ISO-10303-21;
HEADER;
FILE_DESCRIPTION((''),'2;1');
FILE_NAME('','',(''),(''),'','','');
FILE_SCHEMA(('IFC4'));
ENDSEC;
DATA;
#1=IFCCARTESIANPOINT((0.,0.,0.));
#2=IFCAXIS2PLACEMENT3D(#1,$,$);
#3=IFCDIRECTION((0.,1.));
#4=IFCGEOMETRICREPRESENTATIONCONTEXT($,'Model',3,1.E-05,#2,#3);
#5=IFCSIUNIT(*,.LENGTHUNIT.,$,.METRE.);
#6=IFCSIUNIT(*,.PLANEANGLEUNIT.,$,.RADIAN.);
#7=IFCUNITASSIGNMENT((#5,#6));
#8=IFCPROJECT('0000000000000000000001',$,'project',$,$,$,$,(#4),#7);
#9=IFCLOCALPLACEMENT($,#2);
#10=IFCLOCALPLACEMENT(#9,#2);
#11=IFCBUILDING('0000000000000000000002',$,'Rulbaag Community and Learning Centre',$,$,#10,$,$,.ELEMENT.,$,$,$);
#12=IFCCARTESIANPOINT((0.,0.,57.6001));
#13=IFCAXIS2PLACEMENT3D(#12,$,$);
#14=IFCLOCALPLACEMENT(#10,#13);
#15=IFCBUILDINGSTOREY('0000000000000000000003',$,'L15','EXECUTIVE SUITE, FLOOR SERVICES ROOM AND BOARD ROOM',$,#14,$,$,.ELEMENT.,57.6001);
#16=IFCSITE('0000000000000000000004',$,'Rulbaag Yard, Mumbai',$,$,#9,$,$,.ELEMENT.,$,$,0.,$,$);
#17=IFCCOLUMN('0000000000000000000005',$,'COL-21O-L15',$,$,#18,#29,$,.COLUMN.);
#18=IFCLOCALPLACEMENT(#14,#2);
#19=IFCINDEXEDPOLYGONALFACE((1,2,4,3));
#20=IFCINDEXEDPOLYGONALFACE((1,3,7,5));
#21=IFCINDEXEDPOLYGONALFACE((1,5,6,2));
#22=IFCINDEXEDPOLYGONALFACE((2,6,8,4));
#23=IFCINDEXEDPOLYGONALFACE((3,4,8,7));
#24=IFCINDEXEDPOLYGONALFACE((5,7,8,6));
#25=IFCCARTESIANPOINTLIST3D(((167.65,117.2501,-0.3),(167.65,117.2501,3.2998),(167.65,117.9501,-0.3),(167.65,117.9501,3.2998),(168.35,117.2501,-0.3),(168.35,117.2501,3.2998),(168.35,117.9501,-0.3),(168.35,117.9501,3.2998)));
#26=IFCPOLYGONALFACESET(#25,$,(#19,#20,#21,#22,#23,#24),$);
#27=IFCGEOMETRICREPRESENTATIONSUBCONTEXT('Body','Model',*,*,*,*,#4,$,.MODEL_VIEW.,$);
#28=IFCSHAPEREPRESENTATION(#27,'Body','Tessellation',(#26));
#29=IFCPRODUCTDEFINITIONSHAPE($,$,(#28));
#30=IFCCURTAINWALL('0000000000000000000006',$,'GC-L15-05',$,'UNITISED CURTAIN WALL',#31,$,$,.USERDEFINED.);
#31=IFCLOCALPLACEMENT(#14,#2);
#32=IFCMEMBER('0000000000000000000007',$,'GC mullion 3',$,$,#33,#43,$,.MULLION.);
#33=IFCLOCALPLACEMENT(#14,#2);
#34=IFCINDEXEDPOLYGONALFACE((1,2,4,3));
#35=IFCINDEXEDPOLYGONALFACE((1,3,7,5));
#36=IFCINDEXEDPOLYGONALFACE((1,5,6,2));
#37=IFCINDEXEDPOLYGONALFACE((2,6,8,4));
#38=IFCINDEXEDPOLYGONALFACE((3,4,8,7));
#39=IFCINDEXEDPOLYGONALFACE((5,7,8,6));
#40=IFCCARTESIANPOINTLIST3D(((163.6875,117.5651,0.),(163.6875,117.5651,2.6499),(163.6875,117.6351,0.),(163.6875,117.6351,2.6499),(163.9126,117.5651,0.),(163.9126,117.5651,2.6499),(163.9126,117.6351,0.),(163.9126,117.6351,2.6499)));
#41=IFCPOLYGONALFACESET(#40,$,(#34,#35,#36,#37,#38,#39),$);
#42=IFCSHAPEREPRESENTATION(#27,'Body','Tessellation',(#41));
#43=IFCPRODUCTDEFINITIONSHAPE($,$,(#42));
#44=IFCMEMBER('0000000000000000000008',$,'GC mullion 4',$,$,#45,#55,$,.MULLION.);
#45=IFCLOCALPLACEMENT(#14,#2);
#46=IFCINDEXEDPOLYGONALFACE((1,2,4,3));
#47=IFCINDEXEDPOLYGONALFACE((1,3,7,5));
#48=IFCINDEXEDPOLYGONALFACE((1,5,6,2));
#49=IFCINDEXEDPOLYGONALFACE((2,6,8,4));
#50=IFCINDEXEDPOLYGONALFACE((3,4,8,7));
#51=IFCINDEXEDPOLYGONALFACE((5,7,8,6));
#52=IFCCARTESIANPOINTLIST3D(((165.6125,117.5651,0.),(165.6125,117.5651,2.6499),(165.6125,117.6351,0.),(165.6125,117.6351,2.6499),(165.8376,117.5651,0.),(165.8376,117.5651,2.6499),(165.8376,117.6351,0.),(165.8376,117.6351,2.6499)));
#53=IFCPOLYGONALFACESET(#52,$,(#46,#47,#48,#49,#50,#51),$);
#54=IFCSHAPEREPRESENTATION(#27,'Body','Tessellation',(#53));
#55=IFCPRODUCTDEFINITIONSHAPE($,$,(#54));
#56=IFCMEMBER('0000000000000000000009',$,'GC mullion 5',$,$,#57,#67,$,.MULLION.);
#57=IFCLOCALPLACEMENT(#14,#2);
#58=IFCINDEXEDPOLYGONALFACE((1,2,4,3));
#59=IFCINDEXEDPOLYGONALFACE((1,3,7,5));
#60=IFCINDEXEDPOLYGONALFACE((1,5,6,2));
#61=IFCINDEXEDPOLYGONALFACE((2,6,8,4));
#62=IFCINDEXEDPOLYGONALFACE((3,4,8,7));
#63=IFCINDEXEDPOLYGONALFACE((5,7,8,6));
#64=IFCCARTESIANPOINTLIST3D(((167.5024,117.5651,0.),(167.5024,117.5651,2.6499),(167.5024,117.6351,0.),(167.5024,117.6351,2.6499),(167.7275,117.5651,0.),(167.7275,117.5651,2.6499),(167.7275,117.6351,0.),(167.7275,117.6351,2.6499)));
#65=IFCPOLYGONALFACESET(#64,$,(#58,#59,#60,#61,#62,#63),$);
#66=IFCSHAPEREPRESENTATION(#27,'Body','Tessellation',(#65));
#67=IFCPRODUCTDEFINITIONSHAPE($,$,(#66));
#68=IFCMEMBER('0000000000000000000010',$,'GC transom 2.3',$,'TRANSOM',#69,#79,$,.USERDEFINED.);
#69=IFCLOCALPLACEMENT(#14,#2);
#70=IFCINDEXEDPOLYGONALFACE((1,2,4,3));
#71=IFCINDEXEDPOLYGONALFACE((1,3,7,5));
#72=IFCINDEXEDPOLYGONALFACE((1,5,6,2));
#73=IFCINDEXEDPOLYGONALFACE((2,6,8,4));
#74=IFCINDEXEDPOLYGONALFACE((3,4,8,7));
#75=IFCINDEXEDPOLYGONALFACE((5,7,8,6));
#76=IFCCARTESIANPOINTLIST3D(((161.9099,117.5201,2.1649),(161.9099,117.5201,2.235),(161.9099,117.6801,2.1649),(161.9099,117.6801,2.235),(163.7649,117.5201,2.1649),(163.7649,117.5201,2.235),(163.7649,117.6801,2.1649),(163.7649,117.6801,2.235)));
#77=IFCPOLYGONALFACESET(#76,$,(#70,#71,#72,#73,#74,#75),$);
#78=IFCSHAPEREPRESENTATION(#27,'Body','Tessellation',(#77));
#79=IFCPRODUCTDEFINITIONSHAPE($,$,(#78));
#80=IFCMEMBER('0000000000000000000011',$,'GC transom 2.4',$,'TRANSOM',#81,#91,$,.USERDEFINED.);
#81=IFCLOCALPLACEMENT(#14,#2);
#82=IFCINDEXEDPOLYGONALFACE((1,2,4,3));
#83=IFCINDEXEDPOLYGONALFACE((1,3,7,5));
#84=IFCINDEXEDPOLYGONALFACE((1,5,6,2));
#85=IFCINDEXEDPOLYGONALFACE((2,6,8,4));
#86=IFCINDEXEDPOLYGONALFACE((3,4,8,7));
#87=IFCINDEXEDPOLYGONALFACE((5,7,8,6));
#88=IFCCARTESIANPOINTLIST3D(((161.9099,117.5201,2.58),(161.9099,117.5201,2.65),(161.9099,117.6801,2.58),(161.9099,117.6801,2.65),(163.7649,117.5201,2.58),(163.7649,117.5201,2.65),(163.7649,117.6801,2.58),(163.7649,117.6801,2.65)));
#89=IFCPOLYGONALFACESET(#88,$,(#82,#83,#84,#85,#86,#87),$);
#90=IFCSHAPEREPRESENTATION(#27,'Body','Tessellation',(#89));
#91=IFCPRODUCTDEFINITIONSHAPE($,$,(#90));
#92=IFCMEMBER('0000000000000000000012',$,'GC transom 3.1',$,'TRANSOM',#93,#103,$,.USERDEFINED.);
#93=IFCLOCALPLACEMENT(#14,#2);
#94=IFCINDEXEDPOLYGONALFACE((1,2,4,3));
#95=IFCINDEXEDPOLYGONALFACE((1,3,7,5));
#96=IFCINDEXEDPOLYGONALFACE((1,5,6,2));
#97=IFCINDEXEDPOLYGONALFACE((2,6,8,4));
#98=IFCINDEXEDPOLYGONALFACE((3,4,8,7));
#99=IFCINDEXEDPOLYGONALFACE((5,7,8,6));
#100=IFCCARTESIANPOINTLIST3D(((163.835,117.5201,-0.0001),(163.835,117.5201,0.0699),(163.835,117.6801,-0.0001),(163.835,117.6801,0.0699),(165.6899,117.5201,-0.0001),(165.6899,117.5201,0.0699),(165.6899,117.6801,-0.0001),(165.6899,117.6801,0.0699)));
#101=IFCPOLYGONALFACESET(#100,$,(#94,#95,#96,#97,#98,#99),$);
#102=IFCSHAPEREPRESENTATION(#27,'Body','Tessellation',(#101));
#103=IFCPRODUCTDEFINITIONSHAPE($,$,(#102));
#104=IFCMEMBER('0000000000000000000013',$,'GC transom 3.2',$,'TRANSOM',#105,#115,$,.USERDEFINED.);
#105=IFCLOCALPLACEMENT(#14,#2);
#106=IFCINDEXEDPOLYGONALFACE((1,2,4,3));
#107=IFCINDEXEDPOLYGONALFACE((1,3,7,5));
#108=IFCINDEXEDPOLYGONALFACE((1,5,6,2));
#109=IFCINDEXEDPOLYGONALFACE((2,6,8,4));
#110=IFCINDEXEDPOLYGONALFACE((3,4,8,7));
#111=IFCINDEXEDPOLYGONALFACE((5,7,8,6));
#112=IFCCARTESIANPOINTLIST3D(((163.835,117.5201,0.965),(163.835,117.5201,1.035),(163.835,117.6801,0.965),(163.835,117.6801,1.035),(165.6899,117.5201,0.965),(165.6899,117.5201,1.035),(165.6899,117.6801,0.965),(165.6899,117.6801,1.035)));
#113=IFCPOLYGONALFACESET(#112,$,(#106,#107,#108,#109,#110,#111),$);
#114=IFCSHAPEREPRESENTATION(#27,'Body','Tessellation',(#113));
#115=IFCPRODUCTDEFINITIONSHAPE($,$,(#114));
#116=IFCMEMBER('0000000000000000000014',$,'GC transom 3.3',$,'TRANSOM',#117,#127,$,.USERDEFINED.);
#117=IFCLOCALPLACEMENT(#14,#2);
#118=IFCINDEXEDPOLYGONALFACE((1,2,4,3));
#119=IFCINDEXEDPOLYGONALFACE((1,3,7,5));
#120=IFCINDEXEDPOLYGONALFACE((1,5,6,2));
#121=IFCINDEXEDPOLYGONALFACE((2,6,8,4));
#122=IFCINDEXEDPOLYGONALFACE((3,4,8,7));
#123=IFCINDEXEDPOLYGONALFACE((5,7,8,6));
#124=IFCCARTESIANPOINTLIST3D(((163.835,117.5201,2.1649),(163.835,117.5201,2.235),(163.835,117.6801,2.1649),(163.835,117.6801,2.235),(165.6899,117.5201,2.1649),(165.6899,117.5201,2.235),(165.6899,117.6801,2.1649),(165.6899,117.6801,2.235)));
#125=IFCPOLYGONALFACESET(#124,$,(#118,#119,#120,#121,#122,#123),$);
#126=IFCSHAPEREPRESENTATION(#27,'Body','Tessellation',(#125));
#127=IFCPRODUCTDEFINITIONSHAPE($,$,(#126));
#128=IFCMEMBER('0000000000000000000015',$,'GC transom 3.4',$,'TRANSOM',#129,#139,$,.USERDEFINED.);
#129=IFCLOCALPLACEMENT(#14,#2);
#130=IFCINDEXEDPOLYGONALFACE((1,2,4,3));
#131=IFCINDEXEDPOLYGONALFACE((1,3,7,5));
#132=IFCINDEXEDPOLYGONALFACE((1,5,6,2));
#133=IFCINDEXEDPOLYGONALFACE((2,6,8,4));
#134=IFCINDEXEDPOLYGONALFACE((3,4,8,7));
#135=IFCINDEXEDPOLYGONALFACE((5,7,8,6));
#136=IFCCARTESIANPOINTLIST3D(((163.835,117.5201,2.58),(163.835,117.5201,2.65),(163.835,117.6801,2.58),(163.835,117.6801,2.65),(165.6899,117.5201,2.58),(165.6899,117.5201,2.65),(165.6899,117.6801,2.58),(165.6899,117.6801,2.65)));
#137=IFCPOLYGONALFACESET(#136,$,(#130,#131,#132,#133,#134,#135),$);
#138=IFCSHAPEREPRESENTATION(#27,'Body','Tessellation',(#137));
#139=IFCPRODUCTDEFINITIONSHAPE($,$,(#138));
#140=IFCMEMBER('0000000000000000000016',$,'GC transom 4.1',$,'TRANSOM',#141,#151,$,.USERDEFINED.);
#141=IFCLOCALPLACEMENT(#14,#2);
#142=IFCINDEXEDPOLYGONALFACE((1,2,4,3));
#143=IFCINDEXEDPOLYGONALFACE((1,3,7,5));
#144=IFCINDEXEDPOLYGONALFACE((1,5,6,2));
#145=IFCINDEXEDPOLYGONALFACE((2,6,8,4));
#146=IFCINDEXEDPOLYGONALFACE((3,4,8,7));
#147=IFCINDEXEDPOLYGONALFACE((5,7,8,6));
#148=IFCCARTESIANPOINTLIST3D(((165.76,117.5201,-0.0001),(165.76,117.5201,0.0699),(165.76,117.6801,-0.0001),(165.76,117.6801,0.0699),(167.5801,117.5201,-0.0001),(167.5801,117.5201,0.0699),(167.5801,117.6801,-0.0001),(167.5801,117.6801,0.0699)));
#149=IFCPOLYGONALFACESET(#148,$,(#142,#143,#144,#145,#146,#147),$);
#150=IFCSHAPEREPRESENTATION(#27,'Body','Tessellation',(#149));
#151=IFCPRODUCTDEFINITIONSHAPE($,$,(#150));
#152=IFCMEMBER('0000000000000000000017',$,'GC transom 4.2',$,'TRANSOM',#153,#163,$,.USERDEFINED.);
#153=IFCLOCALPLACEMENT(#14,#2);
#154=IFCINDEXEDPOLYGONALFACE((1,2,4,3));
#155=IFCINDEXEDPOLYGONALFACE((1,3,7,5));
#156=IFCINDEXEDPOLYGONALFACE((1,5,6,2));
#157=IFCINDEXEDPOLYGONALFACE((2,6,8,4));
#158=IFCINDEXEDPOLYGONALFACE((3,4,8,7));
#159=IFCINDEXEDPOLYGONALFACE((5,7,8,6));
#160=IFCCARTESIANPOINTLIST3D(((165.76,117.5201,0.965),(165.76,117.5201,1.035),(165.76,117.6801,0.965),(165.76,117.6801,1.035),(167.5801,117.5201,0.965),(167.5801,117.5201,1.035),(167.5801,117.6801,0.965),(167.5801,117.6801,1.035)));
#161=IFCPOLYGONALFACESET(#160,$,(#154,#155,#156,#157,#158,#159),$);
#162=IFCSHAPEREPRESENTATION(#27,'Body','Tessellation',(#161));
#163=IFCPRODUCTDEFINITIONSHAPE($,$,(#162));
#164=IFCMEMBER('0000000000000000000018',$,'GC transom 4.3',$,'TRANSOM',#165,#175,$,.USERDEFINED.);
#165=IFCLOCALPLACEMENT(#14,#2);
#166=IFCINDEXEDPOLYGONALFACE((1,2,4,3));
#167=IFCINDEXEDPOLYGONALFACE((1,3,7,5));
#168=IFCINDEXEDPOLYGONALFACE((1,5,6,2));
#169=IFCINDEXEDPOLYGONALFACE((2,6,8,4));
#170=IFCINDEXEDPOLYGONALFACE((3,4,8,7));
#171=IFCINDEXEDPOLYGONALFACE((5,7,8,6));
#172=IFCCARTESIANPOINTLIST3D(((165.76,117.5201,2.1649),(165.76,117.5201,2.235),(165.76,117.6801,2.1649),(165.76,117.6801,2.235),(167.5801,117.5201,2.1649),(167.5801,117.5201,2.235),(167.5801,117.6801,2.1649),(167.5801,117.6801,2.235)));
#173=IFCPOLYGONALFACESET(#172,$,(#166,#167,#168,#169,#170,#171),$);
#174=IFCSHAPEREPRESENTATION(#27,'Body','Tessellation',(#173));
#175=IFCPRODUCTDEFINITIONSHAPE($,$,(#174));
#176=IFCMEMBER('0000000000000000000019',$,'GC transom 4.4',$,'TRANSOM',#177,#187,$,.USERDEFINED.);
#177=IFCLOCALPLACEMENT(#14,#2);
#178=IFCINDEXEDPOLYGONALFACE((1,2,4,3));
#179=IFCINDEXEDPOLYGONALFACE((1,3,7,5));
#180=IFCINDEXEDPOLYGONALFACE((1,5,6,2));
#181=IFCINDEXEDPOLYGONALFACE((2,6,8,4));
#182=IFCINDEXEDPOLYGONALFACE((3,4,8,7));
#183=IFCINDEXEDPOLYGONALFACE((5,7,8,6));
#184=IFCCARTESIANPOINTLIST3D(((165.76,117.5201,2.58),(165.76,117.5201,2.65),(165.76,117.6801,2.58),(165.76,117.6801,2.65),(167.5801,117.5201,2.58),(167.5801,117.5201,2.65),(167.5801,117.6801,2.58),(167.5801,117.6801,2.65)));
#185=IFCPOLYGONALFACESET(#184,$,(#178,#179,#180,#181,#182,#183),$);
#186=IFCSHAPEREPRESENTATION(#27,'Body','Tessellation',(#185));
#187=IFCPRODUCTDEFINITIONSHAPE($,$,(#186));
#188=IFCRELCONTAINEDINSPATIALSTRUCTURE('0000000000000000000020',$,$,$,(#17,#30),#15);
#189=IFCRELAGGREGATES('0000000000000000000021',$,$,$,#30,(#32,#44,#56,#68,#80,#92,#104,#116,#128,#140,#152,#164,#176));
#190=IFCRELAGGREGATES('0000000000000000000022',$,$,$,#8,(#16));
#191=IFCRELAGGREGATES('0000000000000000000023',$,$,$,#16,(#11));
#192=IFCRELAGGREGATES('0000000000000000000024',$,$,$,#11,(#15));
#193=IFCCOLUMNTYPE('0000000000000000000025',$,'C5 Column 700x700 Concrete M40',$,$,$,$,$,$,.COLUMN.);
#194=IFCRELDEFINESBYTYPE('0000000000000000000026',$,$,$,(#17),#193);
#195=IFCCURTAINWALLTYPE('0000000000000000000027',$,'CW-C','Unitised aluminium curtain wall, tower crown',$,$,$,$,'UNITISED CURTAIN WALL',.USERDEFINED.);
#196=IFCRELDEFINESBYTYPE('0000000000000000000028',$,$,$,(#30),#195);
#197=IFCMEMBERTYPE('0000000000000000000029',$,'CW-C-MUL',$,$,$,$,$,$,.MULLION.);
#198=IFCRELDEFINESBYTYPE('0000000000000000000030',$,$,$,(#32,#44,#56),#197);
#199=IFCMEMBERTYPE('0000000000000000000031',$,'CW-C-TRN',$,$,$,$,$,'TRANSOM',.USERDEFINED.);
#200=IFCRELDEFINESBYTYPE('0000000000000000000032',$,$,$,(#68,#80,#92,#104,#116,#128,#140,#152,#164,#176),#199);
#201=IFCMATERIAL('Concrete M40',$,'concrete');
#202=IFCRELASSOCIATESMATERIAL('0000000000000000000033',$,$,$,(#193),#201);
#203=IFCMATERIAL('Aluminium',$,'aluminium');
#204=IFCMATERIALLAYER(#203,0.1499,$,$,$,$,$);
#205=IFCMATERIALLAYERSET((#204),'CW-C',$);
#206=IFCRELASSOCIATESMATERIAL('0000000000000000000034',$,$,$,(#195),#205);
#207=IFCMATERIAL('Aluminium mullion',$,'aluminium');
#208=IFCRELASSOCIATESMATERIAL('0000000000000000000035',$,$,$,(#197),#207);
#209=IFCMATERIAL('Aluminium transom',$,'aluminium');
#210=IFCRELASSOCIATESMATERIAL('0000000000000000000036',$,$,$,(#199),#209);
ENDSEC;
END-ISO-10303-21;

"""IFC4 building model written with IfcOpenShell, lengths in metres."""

from ifc_helpers import new_model, si_unit, direction, frame, origin, origin_2d, place, context, subcontext, project, spatial, rectangle, extrude, material, layer, layer_set, material_profile, profile_set, type_object, element, aggregate, save


model = new_model("IFC4")

# Units and contexts
model_context = context("Model", 3, precision=1e-05, world=origin(), true_north=direction((0.0, 1.0)))
body_context = subcontext(model_context, "Body", "Model", "MODEL_VIEW")
ifc_project = project(units=[si_unit("LENGTHUNIT", "METRE"), si_unit("PLANEANGLEUNIT", "RADIAN")], contexts=[model_context])

# Site, building, storey
site_placement = place(None, origin())
site = spatial("IfcSite", under=ifc_project, at=site_placement, Name="Rulbaag Yard, Mumbai", CompositionType="ELEMENT", RefElevation=0.0)
building_placement = place(site_placement, origin())
building = spatial("IfcBuilding", under=site, at=building_placement, Name="Rulbaag Community and Learning Centre", CompositionType="ELEMENT")
storey_placement = place(building_placement, frame((0.0, 0.0, 57.6001)))
storey = spatial("IfcBuildingStorey", under=building, at=storey_placement, Name="L15", Description="EXECUTIVE SUITE, FLOOR SERVICES ROOM AND BOARD ROOM", CompositionType="ELEMENT", Elevation=57.6001)

# Column
ifc_material_1 = material(Name="Concrete M40", Category="concrete")
ifc_material_profile_1 = material_profile(ifc_material_1, rectangle(XDim=0.7, YDim=0.7, at=origin_2d()), Name="RC700x700")
ifc_profile_set_1 = profile_set([ifc_material_profile_1], Name="Concrete M40")
column_type = type_object("IfcColumnType", Name="C5 Column 700x700 Concrete M40", PredefinedType="COLUMN", material=ifc_profile_set_1)
column_placement = place(storey_placement, frame((168.0, 117.6001, -0.3), z_axis=(0.0, 0.0, 1.0), x_axis=(1.0, 0.0, 0.0)))
element("IfcColumn", 1, at=column_placement, inside=storey, type_object=column_type, Name="COL-21O-L15", PredefinedType="COLUMN", context=body_context, shape_type="SweptSolid", body=[
    extrude(rectangle(XDim=0.7, YDim=0.7, at=origin_2d()), origin(), (0.0, 0.0, 1.0), 3.5999),
])

# Curtain wall, members
ifc_material_2 = material(Name="Aluminium", Category="aluminium")
ifc_layer_1 = layer(ifc_material_2, 0.1499)
ifc_layer_set_1 = layer_set([ifc_layer_1], Name="CW-C")
curtain_wall_type = type_object("IfcCurtainWallType", Name="CW-C", Description="Unitised aluminium curtain wall, tower crown", ElementType="UNITISED CURTAIN WALL", PredefinedType="USERDEFINED", material=ifc_layer_set_1)
curtain_wall_placement = place(storey_placement, origin())
curtain_wall = element("IfcCurtainWall", 2, at=curtain_wall_placement, inside=storey, type_object=curtain_wall_type, Name="GC-L15-05", ObjectType="UNITISED CURTAIN WALL", PredefinedType="USERDEFINED")
ifc_material_3 = material(Name="Aluminium mullion", Category="aluminium")
ifc_material_profile_2 = material_profile(ifc_material_3, rectangle(XDim=0.0701, YDim=0.2251, at=origin_2d()), Name="AL 70x225")
ifc_profile_set_2 = profile_set([ifc_material_profile_2], Name="Aluminium mullion")
member_type_1 = type_object("IfcMemberType", Name="CW-C-MUL", PredefinedType="MULLION", material=ifc_profile_set_2)
member_1_placement = place(storey_placement, frame((163.8, 117.6001, 0.0), z_axis=(0.0, 0.0, 1.0), x_axis=(0.0, 1.0, 0.0)))
member_1 = element("IfcMember", 3, at=member_1_placement, type_object=member_type_1, Name="GC mullion 3", PredefinedType="MULLION", context=body_context, shape_type="SweptSolid", body=[
    extrude(rectangle(XDim=0.0701, YDim=0.2251, at=origin_2d()), origin(), (0.0, 0.0, 1.0), 2.6499),
])
member_2_placement = place(storey_placement, frame((165.7251, 117.6001, 0.0), z_axis=(0.0, 0.0, 1.0), x_axis=(0.0, 1.0, 0.0)))
member_2 = element("IfcMember", 4, at=member_2_placement, type_object=member_type_1, Name="GC mullion 4", PredefinedType="MULLION", context=body_context, shape_type="SweptSolid", body=[
    extrude(rectangle(XDim=0.0701, YDim=0.2251, at=origin_2d()), origin(), (0.0, 0.0, 1.0), 2.6499),
])
member_3_placement = place(storey_placement, frame((167.615, 117.6001, 0.0), z_axis=(0.0, 0.0, 1.0), x_axis=(0.0, 1.0, 0.0)))
member_3 = element("IfcMember", 5, at=member_3_placement, type_object=member_type_1, Name="GC mullion 5", PredefinedType="MULLION", context=body_context, shape_type="SweptSolid", body=[
    extrude(rectangle(XDim=0.0701, YDim=0.2251, at=origin_2d()), origin(), (0.0, 0.0, 1.0), 2.6499),
])
ifc_material_4 = material(Name="Aluminium transom", Category="aluminium")
ifc_material_profile_3 = material_profile(ifc_material_4, rectangle(XDim=0.1599, YDim=0.0701, at=origin_2d()), Name="AL 70x160 T")
ifc_profile_set_3 = profile_set([ifc_material_profile_3], Name="Aluminium transom")
member_type_2 = type_object("IfcMemberType", Name="CW-C-TRN", ElementType="TRANSOM", PredefinedType="USERDEFINED", material=ifc_profile_set_3)
member_4_placement = place(storey_placement, frame((161.9099, 117.6001, 2.2), z_axis=(1.0, 0.0, 0.0), x_axis=(0.0, 1.0, 0.0)))
member_4 = element("IfcMember", 6, at=member_4_placement, type_object=member_type_2, Name="GC transom 2.3", ObjectType="TRANSOM", PredefinedType="USERDEFINED", context=body_context, shape_type="SweptSolid", body=[
    extrude(rectangle(XDim=0.1599, YDim=0.0701, at=origin_2d()), origin(), (0.0, 0.0, 1.0), 1.855),
])
member_5_placement = place(storey_placement, frame((161.9099, 117.6001, 2.615), z_axis=(1.0, 0.0, 0.0), x_axis=(0.0, 1.0, 0.0)))
member_5 = element("IfcMember", 7, at=member_5_placement, type_object=member_type_2, Name="GC transom 2.4", ObjectType="TRANSOM", PredefinedType="USERDEFINED", context=body_context, shape_type="SweptSolid", body=[
    extrude(rectangle(XDim=0.1599, YDim=0.0701, at=origin_2d()), origin(), (0.0, 0.0, 1.0), 1.855),
])
member_6_placement = place(storey_placement, frame((163.835, 117.6001, 0.0349), z_axis=(1.0, 0.0, 0.0), x_axis=(0.0, 1.0, 0.0)))
member_6 = element("IfcMember", 8, at=member_6_placement, type_object=member_type_2, Name="GC transom 3.1", ObjectType="TRANSOM", PredefinedType="USERDEFINED", context=body_context, shape_type="SweptSolid", body=[
    extrude(rectangle(XDim=0.1599, YDim=0.0701, at=origin_2d()), origin(), (0.0, 0.0, 1.0), 1.855),
])
member_7_placement = place(storey_placement, frame((163.835, 117.6001, 1.0), z_axis=(1.0, 0.0, 0.0), x_axis=(0.0, 1.0, 0.0)))
member_7 = element("IfcMember", 9, at=member_7_placement, type_object=member_type_2, Name="GC transom 3.2", ObjectType="TRANSOM", PredefinedType="USERDEFINED", context=body_context, shape_type="SweptSolid", body=[
    extrude(rectangle(XDim=0.1599, YDim=0.0701, at=origin_2d()), origin(), (0.0, 0.0, 1.0), 1.855),
])
member_8_placement = place(storey_placement, frame((163.835, 117.6001, 2.2), z_axis=(1.0, 0.0, 0.0), x_axis=(0.0, 1.0, 0.0)))
member_8 = element("IfcMember", 10, at=member_8_placement, type_object=member_type_2, Name="GC transom 3.3", ObjectType="TRANSOM", PredefinedType="USERDEFINED", context=body_context, shape_type="SweptSolid", body=[
    extrude(rectangle(XDim=0.1599, YDim=0.0701, at=origin_2d()), origin(), (0.0, 0.0, 1.0), 1.855),
])
member_9_placement = place(storey_placement, frame((163.835, 117.6001, 2.615), z_axis=(1.0, 0.0, 0.0), x_axis=(0.0, 1.0, 0.0)))
member_9 = element("IfcMember", 11, at=member_9_placement, type_object=member_type_2, Name="GC transom 3.4", ObjectType="TRANSOM", PredefinedType="USERDEFINED", context=body_context, shape_type="SweptSolid", body=[
    extrude(rectangle(XDim=0.1599, YDim=0.0701, at=origin_2d()), origin(), (0.0, 0.0, 1.0), 1.855),
])
member_10_placement = place(storey_placement, frame((165.76, 117.6001, 0.0349), z_axis=(1.0, 0.0, 0.0), x_axis=(0.0, 1.0, 0.0)))
member_10 = element("IfcMember", 12, at=member_10_placement, type_object=member_type_2, Name="GC transom 4.1", ObjectType="TRANSOM", PredefinedType="USERDEFINED", context=body_context, shape_type="SweptSolid", body=[
    extrude(rectangle(XDim=0.1599, YDim=0.0701, at=origin_2d()), origin(), (0.0, 0.0, 1.0), 1.8201),
])
member_11_placement = place(storey_placement, frame((165.76, 117.6001, 1.0), z_axis=(1.0, 0.0, 0.0), x_axis=(0.0, 1.0, 0.0)))
member_11 = element("IfcMember", 13, at=member_11_placement, type_object=member_type_2, Name="GC transom 4.2", ObjectType="TRANSOM", PredefinedType="USERDEFINED", context=body_context, shape_type="SweptSolid", body=[
    extrude(rectangle(XDim=0.1599, YDim=0.0701, at=origin_2d()), origin(), (0.0, 0.0, 1.0), 1.8201),
])
member_12_placement = place(storey_placement, frame((165.76, 117.6001, 2.2), z_axis=(1.0, 0.0, 0.0), x_axis=(0.0, 1.0, 0.0)))
member_12 = element("IfcMember", 14, at=member_12_placement, type_object=member_type_2, Name="GC transom 4.3", ObjectType="TRANSOM", PredefinedType="USERDEFINED", context=body_context, shape_type="SweptSolid", body=[
    extrude(rectangle(XDim=0.1599, YDim=0.0701, at=origin_2d()), origin(), (0.0, 0.0, 1.0), 1.8201),
])
member_13_placement = place(storey_placement, frame((165.76, 117.6001, 2.615), z_axis=(1.0, 0.0, 0.0), x_axis=(0.0, 1.0, 0.0)))
member_13 = element("IfcMember", 15, at=member_13_placement, type_object=member_type_2, Name="GC transom 4.4", ObjectType="TRANSOM", PredefinedType="USERDEFINED", context=body_context, shape_type="SweptSolid", body=[
    extrude(rectangle(XDim=0.1599, YDim=0.0701, at=origin_2d()), origin(), (0.0, 0.0, 1.0), 1.8201),
])
aggregate(curtain_wall, [member_1, member_2, member_3, member_4, member_5, member_6, member_7, member_8, member_9, member_10, member_11, member_12, member_13])

save(model, "model.ifc")
